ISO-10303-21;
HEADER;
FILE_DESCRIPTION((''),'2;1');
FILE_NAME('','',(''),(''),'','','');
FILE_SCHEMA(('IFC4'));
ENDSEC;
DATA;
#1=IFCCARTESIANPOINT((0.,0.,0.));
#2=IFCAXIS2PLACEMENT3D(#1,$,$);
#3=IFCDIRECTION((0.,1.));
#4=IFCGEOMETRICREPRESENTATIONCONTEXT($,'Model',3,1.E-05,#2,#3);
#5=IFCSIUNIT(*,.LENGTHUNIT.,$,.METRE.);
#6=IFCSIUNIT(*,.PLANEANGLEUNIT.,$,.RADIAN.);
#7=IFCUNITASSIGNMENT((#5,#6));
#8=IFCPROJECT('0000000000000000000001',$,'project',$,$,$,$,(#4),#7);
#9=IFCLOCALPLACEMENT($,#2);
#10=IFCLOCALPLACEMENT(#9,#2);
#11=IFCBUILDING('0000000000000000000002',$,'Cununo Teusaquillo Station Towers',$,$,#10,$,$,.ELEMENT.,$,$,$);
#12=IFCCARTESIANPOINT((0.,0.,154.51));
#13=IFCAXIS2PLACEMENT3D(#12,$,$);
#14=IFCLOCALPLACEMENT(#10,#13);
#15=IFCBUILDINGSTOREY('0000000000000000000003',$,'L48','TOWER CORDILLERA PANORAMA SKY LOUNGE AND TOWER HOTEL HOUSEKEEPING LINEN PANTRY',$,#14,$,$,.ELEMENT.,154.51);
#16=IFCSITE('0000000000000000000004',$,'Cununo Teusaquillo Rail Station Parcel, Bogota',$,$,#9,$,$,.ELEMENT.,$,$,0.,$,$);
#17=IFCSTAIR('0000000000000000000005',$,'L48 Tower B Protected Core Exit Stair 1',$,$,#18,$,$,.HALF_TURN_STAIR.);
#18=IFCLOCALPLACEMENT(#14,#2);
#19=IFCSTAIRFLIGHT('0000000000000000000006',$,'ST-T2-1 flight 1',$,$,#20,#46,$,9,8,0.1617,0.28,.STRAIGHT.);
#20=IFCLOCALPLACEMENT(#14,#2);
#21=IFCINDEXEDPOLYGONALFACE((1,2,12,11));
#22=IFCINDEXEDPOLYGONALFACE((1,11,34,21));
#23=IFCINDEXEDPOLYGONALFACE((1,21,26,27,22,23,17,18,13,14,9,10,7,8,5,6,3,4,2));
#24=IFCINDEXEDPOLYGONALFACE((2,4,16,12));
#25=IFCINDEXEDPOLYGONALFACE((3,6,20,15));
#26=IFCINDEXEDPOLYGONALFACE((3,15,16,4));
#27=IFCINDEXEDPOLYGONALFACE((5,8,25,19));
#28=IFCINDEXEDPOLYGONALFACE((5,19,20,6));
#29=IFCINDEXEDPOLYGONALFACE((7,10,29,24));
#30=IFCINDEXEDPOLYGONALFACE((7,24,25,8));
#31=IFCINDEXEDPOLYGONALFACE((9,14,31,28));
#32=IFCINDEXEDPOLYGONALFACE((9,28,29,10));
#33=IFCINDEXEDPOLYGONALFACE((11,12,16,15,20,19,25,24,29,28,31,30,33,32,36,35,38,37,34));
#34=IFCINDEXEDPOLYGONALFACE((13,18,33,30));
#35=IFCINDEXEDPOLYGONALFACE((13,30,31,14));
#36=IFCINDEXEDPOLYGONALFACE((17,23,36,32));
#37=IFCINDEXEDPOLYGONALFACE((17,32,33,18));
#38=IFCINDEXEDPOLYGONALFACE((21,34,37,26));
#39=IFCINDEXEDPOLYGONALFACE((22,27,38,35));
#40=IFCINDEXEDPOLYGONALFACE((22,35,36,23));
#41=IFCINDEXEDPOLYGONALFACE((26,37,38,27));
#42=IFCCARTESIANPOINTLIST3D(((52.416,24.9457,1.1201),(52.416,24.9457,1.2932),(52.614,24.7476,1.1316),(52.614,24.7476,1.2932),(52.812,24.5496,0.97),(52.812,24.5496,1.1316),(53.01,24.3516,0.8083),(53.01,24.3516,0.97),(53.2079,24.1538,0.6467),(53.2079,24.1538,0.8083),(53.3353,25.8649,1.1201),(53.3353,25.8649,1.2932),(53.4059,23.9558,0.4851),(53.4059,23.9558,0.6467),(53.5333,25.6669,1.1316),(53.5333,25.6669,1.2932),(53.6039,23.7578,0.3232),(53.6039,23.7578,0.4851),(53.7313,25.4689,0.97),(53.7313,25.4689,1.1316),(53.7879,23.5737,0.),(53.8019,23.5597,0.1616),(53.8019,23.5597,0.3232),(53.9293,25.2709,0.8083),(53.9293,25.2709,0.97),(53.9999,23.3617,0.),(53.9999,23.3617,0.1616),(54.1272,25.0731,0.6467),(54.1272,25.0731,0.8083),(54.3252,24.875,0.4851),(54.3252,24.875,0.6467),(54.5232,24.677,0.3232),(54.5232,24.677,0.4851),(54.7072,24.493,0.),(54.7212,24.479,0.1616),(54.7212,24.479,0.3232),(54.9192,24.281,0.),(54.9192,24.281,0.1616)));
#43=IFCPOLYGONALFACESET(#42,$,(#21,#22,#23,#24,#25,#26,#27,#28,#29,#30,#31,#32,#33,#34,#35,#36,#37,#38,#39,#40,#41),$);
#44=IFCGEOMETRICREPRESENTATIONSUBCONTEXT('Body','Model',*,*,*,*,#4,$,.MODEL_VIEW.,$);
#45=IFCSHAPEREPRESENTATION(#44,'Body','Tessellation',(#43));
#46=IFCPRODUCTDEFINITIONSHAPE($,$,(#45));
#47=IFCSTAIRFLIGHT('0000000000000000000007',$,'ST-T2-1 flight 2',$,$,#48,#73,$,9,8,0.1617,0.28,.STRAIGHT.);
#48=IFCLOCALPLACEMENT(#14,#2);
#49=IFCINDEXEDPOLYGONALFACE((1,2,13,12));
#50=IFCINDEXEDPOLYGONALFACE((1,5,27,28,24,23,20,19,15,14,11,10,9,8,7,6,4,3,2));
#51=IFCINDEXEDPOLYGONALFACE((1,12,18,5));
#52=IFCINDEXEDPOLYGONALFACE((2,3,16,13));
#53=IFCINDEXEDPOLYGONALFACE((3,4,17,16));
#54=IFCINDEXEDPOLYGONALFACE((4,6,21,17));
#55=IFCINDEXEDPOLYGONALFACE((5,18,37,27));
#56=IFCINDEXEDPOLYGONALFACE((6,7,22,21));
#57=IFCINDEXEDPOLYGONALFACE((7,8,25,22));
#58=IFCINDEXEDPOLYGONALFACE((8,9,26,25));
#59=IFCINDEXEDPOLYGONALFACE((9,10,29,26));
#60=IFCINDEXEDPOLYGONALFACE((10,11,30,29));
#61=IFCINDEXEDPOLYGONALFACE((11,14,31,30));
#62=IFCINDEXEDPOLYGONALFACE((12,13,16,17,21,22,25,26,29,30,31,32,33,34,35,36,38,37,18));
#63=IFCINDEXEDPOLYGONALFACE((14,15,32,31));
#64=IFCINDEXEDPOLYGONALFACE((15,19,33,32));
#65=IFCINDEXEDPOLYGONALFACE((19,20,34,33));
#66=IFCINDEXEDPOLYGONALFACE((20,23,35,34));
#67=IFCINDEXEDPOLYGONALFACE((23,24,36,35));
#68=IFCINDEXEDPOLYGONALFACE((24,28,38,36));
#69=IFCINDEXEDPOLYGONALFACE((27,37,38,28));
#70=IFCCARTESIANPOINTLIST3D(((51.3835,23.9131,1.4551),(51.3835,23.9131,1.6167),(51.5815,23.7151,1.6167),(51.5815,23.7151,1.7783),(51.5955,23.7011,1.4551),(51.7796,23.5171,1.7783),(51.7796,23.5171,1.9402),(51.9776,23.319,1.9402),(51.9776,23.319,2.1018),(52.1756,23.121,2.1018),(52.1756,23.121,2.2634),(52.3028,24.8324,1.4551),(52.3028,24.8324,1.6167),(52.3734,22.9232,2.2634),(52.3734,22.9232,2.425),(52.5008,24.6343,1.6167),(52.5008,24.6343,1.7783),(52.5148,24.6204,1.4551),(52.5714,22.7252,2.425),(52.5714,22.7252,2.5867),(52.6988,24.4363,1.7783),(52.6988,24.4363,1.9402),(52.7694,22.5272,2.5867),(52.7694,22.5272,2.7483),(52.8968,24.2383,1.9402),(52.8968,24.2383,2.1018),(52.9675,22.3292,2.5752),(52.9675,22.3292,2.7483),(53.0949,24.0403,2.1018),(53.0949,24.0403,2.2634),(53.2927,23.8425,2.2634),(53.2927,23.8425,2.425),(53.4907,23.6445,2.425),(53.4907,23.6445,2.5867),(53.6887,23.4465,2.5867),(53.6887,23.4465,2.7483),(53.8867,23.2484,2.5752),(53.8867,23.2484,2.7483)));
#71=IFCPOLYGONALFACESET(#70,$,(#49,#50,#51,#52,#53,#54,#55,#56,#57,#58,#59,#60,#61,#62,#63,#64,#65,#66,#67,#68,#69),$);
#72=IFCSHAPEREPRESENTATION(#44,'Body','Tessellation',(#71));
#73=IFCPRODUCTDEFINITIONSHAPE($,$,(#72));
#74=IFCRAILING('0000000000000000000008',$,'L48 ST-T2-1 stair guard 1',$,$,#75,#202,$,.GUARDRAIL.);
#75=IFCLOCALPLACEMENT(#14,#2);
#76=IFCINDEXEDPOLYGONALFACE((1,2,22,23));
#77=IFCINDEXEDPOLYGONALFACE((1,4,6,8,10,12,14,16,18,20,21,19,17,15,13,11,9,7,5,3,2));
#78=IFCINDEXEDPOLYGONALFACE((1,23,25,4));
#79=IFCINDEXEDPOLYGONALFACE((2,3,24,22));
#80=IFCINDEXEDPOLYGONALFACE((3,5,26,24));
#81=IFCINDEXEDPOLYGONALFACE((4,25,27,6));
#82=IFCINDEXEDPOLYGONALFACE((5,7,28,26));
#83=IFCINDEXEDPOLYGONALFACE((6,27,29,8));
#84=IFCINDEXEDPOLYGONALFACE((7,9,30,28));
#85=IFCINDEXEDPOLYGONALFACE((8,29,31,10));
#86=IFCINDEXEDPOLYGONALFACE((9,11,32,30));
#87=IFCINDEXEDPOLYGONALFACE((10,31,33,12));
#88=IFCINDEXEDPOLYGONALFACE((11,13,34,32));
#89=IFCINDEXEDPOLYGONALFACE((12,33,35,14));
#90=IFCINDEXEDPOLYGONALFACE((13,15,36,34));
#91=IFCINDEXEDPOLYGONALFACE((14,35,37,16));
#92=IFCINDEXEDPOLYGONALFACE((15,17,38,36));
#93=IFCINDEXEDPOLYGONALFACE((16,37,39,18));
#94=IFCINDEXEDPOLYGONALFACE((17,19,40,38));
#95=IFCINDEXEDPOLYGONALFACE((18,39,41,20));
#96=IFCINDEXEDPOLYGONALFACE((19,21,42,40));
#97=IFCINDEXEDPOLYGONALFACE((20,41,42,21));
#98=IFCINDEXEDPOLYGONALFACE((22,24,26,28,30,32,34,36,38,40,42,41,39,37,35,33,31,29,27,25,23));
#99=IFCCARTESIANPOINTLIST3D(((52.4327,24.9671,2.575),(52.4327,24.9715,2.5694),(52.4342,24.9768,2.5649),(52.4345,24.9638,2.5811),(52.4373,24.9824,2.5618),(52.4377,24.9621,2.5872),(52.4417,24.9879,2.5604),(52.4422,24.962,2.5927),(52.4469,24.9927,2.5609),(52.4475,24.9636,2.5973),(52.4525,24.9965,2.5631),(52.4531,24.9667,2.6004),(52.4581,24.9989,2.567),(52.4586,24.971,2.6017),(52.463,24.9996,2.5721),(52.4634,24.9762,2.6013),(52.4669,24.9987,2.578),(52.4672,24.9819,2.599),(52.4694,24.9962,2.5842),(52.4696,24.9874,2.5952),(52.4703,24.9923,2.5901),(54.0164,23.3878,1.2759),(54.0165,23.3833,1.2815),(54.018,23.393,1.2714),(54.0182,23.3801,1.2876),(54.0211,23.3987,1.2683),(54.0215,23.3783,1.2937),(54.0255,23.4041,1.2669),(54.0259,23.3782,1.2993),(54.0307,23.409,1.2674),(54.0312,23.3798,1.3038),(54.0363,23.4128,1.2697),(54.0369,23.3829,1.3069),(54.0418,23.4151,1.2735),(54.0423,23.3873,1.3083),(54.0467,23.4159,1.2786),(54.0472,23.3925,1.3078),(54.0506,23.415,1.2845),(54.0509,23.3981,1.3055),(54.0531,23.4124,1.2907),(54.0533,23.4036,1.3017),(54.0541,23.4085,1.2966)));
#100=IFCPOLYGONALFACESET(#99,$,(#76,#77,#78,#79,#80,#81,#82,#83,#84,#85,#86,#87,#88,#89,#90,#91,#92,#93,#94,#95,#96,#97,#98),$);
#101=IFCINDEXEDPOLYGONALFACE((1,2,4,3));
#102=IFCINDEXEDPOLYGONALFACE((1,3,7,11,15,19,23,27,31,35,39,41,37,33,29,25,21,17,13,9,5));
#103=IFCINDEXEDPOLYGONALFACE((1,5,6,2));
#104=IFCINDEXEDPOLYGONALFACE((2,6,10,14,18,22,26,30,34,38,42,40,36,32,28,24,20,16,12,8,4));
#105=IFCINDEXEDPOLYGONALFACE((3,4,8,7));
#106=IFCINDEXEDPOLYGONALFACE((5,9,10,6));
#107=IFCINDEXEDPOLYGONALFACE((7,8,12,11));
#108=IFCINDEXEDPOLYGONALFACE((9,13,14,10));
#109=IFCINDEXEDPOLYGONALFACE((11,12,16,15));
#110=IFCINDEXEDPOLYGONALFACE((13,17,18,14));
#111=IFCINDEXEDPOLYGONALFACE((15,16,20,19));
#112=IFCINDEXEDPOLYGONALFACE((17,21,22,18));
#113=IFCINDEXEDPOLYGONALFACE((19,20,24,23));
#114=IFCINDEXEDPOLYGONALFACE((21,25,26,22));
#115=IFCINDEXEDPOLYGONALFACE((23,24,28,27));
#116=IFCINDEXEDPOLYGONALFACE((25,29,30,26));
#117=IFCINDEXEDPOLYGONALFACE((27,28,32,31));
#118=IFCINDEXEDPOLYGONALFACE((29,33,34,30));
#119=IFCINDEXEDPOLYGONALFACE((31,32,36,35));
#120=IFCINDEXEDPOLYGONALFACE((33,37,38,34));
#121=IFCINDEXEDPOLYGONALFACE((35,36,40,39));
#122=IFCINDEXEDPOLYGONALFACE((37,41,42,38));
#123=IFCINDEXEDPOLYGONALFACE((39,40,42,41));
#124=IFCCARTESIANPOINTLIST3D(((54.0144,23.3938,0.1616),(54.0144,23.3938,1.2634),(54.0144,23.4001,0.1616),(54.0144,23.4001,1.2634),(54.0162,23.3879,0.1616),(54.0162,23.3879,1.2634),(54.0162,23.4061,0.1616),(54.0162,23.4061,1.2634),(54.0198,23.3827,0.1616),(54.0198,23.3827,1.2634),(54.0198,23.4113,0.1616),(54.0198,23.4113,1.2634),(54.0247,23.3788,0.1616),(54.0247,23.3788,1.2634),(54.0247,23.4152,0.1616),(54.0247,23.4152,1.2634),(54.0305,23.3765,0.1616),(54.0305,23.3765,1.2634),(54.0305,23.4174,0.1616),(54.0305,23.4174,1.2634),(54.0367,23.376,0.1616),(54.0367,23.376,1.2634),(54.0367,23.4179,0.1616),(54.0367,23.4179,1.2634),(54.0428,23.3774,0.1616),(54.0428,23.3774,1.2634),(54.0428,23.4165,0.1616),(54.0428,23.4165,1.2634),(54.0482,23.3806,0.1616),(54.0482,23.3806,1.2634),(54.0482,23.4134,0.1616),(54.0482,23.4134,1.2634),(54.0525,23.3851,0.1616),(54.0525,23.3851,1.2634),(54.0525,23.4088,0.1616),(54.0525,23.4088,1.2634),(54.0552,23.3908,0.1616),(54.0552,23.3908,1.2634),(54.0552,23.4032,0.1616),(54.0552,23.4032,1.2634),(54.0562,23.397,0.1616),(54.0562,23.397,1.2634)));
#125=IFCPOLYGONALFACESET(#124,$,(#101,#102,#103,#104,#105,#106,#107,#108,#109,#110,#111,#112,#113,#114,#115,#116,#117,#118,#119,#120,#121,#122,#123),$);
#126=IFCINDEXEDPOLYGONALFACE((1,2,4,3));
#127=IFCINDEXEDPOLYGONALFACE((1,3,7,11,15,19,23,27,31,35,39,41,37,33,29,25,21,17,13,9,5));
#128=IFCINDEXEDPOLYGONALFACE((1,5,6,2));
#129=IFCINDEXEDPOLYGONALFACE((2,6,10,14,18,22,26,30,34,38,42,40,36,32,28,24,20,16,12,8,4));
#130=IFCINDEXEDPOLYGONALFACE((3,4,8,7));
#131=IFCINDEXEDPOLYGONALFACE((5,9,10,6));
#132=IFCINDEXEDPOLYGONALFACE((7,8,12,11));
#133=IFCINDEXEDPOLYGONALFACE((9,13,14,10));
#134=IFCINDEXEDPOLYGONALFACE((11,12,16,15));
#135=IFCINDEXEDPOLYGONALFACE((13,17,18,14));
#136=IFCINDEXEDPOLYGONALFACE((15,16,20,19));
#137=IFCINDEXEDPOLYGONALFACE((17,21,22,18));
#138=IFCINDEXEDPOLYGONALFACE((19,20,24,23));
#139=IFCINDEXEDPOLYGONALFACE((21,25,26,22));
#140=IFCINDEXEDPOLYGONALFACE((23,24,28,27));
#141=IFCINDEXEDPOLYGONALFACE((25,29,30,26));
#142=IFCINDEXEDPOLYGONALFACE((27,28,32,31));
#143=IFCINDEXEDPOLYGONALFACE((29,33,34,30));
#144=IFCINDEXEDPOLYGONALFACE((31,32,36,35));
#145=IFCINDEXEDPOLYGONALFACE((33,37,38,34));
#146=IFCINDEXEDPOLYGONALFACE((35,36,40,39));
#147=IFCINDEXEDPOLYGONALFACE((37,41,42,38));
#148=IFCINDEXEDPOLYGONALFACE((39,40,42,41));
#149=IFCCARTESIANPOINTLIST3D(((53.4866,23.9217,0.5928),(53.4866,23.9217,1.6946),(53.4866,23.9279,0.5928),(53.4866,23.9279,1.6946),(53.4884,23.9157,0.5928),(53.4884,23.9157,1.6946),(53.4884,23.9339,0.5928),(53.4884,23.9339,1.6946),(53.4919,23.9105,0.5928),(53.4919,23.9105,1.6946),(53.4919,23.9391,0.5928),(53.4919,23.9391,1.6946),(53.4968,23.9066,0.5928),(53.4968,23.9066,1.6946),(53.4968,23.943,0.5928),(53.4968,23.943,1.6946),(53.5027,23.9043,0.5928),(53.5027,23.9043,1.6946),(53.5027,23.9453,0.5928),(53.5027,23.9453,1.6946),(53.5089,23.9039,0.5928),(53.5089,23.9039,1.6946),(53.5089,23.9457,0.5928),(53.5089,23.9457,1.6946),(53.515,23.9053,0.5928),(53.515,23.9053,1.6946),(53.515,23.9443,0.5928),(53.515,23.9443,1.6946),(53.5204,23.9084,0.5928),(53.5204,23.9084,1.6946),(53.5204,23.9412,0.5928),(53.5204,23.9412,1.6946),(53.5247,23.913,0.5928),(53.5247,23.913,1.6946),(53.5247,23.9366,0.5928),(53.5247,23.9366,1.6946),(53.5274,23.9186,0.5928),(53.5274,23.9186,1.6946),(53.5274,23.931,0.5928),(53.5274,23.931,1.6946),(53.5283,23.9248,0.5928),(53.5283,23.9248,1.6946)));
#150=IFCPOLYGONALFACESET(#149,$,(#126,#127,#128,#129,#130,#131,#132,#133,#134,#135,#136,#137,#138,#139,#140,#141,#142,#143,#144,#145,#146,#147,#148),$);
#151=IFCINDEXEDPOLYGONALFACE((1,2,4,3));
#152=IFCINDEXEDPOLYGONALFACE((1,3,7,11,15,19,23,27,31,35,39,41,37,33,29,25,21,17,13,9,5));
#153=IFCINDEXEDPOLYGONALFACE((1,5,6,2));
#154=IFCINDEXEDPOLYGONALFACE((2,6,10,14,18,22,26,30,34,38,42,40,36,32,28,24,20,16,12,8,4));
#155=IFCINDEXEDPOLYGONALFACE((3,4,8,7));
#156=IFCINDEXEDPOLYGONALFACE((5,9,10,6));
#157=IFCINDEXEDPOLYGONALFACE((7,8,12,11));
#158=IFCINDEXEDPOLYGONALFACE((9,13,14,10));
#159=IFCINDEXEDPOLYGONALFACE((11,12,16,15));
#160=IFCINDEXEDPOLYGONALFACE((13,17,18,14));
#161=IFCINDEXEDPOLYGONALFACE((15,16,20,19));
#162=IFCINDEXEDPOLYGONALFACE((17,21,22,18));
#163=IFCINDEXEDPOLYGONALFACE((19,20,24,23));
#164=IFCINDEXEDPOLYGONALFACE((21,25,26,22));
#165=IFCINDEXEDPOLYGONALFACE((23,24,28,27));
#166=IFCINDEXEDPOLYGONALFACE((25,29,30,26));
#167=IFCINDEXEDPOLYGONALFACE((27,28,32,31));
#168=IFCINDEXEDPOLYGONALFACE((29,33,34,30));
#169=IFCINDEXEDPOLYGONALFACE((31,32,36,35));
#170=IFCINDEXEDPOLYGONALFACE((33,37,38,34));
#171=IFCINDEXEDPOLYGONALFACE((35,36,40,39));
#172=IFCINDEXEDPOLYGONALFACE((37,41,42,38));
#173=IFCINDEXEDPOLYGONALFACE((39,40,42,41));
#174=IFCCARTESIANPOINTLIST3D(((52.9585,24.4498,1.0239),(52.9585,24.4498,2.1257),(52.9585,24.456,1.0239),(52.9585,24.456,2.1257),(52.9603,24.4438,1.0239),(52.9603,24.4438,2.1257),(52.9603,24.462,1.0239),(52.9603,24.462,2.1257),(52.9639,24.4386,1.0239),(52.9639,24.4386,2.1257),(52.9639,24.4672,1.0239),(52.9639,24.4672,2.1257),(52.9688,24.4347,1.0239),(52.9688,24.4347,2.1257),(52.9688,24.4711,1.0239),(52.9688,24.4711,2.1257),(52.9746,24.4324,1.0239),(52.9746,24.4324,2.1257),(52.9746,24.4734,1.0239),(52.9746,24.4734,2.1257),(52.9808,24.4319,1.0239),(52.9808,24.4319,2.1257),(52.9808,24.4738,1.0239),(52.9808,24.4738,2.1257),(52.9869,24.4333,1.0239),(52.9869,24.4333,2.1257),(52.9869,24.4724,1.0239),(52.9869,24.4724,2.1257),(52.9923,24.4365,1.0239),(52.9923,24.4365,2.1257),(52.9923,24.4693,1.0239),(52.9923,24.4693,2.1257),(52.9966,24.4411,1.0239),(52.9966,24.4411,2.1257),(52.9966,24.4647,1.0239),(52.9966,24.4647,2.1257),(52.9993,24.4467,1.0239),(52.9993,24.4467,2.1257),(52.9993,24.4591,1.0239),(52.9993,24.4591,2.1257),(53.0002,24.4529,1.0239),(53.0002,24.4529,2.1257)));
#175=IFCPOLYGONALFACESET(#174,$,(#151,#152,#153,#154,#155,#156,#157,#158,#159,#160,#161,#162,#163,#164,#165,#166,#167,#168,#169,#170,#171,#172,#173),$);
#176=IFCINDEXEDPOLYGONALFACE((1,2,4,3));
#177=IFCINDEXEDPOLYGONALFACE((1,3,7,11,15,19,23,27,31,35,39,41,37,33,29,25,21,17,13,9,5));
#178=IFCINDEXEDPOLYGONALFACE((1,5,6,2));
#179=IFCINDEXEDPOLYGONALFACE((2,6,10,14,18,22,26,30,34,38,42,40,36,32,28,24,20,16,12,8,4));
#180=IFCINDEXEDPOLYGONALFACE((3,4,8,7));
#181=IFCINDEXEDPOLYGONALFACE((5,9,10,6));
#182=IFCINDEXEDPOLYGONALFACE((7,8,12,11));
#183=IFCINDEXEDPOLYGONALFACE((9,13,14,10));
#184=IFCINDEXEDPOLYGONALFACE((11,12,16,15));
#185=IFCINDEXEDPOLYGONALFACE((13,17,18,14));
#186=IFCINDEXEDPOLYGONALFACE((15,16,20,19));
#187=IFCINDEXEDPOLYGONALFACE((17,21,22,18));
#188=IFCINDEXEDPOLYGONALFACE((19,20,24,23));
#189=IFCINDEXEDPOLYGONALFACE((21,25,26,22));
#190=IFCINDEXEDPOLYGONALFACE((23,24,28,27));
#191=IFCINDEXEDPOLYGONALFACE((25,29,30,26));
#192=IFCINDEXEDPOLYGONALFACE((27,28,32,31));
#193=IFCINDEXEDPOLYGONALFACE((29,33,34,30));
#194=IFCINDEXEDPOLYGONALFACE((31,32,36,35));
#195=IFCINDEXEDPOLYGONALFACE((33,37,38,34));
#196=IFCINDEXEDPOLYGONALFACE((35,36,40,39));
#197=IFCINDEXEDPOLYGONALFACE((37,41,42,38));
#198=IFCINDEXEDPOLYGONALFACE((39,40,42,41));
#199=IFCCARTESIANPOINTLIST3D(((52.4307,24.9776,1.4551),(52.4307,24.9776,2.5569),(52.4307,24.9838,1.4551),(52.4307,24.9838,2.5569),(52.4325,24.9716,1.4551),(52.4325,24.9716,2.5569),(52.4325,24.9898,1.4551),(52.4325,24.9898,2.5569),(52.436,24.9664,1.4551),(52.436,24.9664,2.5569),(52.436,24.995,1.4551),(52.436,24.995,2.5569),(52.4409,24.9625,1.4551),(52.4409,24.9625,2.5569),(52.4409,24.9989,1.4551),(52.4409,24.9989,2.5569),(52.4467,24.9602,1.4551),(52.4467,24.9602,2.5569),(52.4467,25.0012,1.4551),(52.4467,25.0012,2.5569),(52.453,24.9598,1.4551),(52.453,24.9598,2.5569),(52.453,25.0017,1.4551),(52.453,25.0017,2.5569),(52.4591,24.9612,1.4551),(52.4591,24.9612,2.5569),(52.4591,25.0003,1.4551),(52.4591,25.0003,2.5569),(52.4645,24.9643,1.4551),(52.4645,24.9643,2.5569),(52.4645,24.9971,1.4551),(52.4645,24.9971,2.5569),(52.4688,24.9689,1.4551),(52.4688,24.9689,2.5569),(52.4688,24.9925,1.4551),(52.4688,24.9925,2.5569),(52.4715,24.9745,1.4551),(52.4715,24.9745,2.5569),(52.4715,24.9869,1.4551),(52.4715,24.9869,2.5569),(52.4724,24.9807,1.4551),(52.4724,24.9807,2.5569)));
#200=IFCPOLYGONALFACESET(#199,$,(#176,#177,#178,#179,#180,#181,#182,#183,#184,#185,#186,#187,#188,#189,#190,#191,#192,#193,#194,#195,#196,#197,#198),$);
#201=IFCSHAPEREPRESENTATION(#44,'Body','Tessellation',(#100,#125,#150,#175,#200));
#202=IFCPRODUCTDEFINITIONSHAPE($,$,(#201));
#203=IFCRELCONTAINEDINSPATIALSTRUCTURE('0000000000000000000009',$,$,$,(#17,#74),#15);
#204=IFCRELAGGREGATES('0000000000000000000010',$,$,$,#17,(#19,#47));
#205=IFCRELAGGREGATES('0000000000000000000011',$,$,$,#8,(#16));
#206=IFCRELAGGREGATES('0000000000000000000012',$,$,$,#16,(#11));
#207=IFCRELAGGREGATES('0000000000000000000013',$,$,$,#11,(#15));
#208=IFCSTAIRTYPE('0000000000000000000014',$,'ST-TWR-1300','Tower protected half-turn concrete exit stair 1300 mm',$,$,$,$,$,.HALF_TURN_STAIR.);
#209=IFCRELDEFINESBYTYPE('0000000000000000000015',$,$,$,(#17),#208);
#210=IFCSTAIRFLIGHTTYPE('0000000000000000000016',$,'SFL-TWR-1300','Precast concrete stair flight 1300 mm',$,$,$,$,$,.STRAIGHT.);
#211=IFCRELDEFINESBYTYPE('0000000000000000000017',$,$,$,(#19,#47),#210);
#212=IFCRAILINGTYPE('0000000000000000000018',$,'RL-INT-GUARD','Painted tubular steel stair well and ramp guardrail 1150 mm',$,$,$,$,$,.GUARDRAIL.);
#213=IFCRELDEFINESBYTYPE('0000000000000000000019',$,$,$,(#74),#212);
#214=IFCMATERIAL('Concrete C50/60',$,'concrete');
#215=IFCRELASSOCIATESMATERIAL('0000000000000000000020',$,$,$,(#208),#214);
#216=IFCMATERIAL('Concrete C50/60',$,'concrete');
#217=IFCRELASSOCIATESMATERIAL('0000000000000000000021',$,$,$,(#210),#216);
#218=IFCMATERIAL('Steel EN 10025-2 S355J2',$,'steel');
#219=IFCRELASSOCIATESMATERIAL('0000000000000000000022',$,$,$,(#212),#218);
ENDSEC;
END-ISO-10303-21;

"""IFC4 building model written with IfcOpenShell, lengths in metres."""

from ifc_helpers import new_model, si_unit, direction, frame, origin, origin_2d, place, context, subcontext, project, spatial, polyline, circle, outline, extrude, material, type_object, element, aggregate, save


model = new_model("IFC4")

# Units and contexts
model_context = context("Model", 3, precision=1e-05, world=origin(), true_north=direction((0.0, 1.0)))
body_context = subcontext(model_context, "Body", "Model", "MODEL_VIEW")
ifc_project = project(units=[si_unit("LENGTHUNIT", "METRE"), si_unit("PLANEANGLEUNIT", "RADIAN")], contexts=[model_context])

# Site, building, storey
site_placement = place(None, origin())
site = spatial("IfcSite", under=ifc_project, at=site_placement, Name="Cununo Teusaquillo Rail Station Parcel, Bogota", CompositionType="ELEMENT", RefElevation=0.0)
building_placement = place(site_placement, origin())
building = spatial("IfcBuilding", under=site, at=building_placement, Name="Cununo Teusaquillo Station Towers", CompositionType="ELEMENT")
storey_placement = place(building_placement, frame((0.0, 0.0, 154.51)))
storey = spatial("IfcBuildingStorey", under=building, at=storey_placement, Name="L48", Description="TOWER CORDILLERA PANORAMA SKY LOUNGE AND TOWER HOTEL HOUSEKEEPING LINEN PANTRY", CompositionType="ELEMENT", Elevation=154.51)

# Stair, stair flights
ifc_material_1 = material(Name="Concrete C50/60", Category="concrete")
stair_type = type_object("IfcStairType", Name="ST-TWR-1300", Description="Tower protected half-turn concrete exit stair 1300 mm", PredefinedType="HALF_TURN_STAIR", material=ifc_material_1)
stair_placement = place(storey_placement, origin())
stair = element("IfcStair", 1, at=stair_placement, inside=storey, type_object=stair_type, Name="L48 Tower B Protected Core Exit Stair 1", PredefinedType="HALF_TURN_STAIR")
ifc_material_2 = material(Name="Concrete C50/60", Category="concrete")
stair_flight_type = type_object("IfcStairFlightType", Name="SFL-TWR-1300", Description="Precast concrete stair flight 1300 mm", PredefinedType="STRAIGHT", material=ifc_material_2)
stair_flight_1_placement = place(storey_placement, frame((54.4595, 23.8213, 0.0), z_axis=(0.0, 0.0, 1.0), x_axis=(-0.707107, 0.707107, 0.0)))
stair_flight_1 = element("IfcStairFlight", 2, at=stair_flight_1_placement, type_object=stair_flight_type, Name="ST-T2-1 flight 1", NumberOfRisers=9, NumberOfTreads=8, PredefinedType="STRAIGHT", RiserHeight=0.1617, TreadLength=0.28, context=body_context, shape_type="SweptSolid", body=[
    extrude(outline(polyline([(0.0, 0.0), (0.0, 0.1616), (0.28, 0.1616), (0.28, 0.3232), (0.5601, 0.3232), (0.5601, 0.4851), (0.8401, 0.4851), (0.8401, 0.6467), (1.1201, 0.6467), (1.1201, 0.8083), (1.3999, 0.8083), (1.3999, 0.97), (1.6799, 0.97), (1.6799, 1.1316), (1.96, 1.1316), (1.96, 1.2932), (2.24, 1.2932), (2.24, 1.4551), (2.24, 1.1201), (0.2998, 0.0), (0.0, 0.0)])), frame((0.0, 0.6499, 0.0), z_axis=(0.0, -1.0, 0.0), x_axis=(1.0, 0.0, 0.0)), (0.0, 0.0, 1.0), 1.3),
])
stair_flight_2_placement = place(storey_placement, frame((51.8433, 24.3728, 1.4551), z_axis=(0.0, 0.0, 1.0), x_axis=(0.707107, -0.707107, 0.0)))
stair_flight_2 = element("IfcStairFlight", 3, at=stair_flight_2_placement, type_object=stair_flight_type, Name="ST-T2-1 flight 2", NumberOfRisers=9, NumberOfTreads=8, PredefinedType="STRAIGHT", RiserHeight=0.1617, TreadLength=0.28, context=body_context, shape_type="SweptSolid", body=[
    extrude(outline(polyline([(0.0, 0.0), (0.0, 0.1616), (0.28, 0.1616), (0.28, 0.3232), (0.5601, 0.3232), (0.5601, 0.4851), (0.8401, 0.4851), (0.8401, 0.6467), (1.1201, 0.6467), (1.1201, 0.8083), (1.3999, 0.8083), (1.3999, 0.97), (1.6799, 0.97), (1.6799, 1.1316), (1.96, 1.1316), (1.96, 1.2932), (2.24, 1.2932), (2.24, 1.4551), (2.24, 1.1201), (0.2998, 0.0), (0.0, 0.0)])), frame((0.0, 0.6499, 0.0), z_axis=(0.0, -1.0, 0.0), x_axis=(1.0, 0.0, 0.0)), (0.0, 0.0, 1.0), 1.3),
])
aggregate(stair, [stair_flight_1, stair_flight_2])

# Railing
ifc_material_3 = material(Name="Steel EN 10025-2 S355J2", Category="steel")
railing_type_1 = type_object("IfcRailingType", Name="RL-INT-GUARD", Description="Painted tubular steel stair well and ramp guardrail 1150 mm", PredefinedType="GUARDRAIL", material=ifc_material_3)
railing_1_placement = place(storey_placement, frame((54.0352, 23.397, 0.1616)))
element("IfcRailing", 4, at=railing_1_placement, inside=storey, type_object=railing_type_1, Name="L48 ST-T2-1 stair guard 1", PredefinedType="GUARDRAIL", context=body_context, shape_type="SweptSolid", body=[
    extrude(circle(Radius=0.0239, at=origin_2d()), frame((0.0, 0.0, 1.126), z_axis=(-0.612332, 0.612332, 0.500098), x_axis=(-0.707107, -0.707107, 0.0)), (0.0, 0.0, 1.0), 2.5864),
    extrude(circle(Radius=0.021, at=origin_2d()), origin(), (0.0, 0.0, 1.0), 1.1018),
    extrude(circle(Radius=0.021, at=origin_2d()), frame((-0.5278, 0.5278, 0.4312)), (0.0, 0.0, 1.0), 1.1018),
    extrude(circle(Radius=0.021, at=origin_2d()), frame((-1.0559, 1.0559, 0.8623)), (0.0, 0.0, 1.0), 1.1018),
    extrude(circle(Radius=0.021, at=origin_2d()), frame((-1.5837, 1.5837, 1.2935)), (0.0, 0.0, 1.0), 1.1018),
])

save(model, "model.ifc")
